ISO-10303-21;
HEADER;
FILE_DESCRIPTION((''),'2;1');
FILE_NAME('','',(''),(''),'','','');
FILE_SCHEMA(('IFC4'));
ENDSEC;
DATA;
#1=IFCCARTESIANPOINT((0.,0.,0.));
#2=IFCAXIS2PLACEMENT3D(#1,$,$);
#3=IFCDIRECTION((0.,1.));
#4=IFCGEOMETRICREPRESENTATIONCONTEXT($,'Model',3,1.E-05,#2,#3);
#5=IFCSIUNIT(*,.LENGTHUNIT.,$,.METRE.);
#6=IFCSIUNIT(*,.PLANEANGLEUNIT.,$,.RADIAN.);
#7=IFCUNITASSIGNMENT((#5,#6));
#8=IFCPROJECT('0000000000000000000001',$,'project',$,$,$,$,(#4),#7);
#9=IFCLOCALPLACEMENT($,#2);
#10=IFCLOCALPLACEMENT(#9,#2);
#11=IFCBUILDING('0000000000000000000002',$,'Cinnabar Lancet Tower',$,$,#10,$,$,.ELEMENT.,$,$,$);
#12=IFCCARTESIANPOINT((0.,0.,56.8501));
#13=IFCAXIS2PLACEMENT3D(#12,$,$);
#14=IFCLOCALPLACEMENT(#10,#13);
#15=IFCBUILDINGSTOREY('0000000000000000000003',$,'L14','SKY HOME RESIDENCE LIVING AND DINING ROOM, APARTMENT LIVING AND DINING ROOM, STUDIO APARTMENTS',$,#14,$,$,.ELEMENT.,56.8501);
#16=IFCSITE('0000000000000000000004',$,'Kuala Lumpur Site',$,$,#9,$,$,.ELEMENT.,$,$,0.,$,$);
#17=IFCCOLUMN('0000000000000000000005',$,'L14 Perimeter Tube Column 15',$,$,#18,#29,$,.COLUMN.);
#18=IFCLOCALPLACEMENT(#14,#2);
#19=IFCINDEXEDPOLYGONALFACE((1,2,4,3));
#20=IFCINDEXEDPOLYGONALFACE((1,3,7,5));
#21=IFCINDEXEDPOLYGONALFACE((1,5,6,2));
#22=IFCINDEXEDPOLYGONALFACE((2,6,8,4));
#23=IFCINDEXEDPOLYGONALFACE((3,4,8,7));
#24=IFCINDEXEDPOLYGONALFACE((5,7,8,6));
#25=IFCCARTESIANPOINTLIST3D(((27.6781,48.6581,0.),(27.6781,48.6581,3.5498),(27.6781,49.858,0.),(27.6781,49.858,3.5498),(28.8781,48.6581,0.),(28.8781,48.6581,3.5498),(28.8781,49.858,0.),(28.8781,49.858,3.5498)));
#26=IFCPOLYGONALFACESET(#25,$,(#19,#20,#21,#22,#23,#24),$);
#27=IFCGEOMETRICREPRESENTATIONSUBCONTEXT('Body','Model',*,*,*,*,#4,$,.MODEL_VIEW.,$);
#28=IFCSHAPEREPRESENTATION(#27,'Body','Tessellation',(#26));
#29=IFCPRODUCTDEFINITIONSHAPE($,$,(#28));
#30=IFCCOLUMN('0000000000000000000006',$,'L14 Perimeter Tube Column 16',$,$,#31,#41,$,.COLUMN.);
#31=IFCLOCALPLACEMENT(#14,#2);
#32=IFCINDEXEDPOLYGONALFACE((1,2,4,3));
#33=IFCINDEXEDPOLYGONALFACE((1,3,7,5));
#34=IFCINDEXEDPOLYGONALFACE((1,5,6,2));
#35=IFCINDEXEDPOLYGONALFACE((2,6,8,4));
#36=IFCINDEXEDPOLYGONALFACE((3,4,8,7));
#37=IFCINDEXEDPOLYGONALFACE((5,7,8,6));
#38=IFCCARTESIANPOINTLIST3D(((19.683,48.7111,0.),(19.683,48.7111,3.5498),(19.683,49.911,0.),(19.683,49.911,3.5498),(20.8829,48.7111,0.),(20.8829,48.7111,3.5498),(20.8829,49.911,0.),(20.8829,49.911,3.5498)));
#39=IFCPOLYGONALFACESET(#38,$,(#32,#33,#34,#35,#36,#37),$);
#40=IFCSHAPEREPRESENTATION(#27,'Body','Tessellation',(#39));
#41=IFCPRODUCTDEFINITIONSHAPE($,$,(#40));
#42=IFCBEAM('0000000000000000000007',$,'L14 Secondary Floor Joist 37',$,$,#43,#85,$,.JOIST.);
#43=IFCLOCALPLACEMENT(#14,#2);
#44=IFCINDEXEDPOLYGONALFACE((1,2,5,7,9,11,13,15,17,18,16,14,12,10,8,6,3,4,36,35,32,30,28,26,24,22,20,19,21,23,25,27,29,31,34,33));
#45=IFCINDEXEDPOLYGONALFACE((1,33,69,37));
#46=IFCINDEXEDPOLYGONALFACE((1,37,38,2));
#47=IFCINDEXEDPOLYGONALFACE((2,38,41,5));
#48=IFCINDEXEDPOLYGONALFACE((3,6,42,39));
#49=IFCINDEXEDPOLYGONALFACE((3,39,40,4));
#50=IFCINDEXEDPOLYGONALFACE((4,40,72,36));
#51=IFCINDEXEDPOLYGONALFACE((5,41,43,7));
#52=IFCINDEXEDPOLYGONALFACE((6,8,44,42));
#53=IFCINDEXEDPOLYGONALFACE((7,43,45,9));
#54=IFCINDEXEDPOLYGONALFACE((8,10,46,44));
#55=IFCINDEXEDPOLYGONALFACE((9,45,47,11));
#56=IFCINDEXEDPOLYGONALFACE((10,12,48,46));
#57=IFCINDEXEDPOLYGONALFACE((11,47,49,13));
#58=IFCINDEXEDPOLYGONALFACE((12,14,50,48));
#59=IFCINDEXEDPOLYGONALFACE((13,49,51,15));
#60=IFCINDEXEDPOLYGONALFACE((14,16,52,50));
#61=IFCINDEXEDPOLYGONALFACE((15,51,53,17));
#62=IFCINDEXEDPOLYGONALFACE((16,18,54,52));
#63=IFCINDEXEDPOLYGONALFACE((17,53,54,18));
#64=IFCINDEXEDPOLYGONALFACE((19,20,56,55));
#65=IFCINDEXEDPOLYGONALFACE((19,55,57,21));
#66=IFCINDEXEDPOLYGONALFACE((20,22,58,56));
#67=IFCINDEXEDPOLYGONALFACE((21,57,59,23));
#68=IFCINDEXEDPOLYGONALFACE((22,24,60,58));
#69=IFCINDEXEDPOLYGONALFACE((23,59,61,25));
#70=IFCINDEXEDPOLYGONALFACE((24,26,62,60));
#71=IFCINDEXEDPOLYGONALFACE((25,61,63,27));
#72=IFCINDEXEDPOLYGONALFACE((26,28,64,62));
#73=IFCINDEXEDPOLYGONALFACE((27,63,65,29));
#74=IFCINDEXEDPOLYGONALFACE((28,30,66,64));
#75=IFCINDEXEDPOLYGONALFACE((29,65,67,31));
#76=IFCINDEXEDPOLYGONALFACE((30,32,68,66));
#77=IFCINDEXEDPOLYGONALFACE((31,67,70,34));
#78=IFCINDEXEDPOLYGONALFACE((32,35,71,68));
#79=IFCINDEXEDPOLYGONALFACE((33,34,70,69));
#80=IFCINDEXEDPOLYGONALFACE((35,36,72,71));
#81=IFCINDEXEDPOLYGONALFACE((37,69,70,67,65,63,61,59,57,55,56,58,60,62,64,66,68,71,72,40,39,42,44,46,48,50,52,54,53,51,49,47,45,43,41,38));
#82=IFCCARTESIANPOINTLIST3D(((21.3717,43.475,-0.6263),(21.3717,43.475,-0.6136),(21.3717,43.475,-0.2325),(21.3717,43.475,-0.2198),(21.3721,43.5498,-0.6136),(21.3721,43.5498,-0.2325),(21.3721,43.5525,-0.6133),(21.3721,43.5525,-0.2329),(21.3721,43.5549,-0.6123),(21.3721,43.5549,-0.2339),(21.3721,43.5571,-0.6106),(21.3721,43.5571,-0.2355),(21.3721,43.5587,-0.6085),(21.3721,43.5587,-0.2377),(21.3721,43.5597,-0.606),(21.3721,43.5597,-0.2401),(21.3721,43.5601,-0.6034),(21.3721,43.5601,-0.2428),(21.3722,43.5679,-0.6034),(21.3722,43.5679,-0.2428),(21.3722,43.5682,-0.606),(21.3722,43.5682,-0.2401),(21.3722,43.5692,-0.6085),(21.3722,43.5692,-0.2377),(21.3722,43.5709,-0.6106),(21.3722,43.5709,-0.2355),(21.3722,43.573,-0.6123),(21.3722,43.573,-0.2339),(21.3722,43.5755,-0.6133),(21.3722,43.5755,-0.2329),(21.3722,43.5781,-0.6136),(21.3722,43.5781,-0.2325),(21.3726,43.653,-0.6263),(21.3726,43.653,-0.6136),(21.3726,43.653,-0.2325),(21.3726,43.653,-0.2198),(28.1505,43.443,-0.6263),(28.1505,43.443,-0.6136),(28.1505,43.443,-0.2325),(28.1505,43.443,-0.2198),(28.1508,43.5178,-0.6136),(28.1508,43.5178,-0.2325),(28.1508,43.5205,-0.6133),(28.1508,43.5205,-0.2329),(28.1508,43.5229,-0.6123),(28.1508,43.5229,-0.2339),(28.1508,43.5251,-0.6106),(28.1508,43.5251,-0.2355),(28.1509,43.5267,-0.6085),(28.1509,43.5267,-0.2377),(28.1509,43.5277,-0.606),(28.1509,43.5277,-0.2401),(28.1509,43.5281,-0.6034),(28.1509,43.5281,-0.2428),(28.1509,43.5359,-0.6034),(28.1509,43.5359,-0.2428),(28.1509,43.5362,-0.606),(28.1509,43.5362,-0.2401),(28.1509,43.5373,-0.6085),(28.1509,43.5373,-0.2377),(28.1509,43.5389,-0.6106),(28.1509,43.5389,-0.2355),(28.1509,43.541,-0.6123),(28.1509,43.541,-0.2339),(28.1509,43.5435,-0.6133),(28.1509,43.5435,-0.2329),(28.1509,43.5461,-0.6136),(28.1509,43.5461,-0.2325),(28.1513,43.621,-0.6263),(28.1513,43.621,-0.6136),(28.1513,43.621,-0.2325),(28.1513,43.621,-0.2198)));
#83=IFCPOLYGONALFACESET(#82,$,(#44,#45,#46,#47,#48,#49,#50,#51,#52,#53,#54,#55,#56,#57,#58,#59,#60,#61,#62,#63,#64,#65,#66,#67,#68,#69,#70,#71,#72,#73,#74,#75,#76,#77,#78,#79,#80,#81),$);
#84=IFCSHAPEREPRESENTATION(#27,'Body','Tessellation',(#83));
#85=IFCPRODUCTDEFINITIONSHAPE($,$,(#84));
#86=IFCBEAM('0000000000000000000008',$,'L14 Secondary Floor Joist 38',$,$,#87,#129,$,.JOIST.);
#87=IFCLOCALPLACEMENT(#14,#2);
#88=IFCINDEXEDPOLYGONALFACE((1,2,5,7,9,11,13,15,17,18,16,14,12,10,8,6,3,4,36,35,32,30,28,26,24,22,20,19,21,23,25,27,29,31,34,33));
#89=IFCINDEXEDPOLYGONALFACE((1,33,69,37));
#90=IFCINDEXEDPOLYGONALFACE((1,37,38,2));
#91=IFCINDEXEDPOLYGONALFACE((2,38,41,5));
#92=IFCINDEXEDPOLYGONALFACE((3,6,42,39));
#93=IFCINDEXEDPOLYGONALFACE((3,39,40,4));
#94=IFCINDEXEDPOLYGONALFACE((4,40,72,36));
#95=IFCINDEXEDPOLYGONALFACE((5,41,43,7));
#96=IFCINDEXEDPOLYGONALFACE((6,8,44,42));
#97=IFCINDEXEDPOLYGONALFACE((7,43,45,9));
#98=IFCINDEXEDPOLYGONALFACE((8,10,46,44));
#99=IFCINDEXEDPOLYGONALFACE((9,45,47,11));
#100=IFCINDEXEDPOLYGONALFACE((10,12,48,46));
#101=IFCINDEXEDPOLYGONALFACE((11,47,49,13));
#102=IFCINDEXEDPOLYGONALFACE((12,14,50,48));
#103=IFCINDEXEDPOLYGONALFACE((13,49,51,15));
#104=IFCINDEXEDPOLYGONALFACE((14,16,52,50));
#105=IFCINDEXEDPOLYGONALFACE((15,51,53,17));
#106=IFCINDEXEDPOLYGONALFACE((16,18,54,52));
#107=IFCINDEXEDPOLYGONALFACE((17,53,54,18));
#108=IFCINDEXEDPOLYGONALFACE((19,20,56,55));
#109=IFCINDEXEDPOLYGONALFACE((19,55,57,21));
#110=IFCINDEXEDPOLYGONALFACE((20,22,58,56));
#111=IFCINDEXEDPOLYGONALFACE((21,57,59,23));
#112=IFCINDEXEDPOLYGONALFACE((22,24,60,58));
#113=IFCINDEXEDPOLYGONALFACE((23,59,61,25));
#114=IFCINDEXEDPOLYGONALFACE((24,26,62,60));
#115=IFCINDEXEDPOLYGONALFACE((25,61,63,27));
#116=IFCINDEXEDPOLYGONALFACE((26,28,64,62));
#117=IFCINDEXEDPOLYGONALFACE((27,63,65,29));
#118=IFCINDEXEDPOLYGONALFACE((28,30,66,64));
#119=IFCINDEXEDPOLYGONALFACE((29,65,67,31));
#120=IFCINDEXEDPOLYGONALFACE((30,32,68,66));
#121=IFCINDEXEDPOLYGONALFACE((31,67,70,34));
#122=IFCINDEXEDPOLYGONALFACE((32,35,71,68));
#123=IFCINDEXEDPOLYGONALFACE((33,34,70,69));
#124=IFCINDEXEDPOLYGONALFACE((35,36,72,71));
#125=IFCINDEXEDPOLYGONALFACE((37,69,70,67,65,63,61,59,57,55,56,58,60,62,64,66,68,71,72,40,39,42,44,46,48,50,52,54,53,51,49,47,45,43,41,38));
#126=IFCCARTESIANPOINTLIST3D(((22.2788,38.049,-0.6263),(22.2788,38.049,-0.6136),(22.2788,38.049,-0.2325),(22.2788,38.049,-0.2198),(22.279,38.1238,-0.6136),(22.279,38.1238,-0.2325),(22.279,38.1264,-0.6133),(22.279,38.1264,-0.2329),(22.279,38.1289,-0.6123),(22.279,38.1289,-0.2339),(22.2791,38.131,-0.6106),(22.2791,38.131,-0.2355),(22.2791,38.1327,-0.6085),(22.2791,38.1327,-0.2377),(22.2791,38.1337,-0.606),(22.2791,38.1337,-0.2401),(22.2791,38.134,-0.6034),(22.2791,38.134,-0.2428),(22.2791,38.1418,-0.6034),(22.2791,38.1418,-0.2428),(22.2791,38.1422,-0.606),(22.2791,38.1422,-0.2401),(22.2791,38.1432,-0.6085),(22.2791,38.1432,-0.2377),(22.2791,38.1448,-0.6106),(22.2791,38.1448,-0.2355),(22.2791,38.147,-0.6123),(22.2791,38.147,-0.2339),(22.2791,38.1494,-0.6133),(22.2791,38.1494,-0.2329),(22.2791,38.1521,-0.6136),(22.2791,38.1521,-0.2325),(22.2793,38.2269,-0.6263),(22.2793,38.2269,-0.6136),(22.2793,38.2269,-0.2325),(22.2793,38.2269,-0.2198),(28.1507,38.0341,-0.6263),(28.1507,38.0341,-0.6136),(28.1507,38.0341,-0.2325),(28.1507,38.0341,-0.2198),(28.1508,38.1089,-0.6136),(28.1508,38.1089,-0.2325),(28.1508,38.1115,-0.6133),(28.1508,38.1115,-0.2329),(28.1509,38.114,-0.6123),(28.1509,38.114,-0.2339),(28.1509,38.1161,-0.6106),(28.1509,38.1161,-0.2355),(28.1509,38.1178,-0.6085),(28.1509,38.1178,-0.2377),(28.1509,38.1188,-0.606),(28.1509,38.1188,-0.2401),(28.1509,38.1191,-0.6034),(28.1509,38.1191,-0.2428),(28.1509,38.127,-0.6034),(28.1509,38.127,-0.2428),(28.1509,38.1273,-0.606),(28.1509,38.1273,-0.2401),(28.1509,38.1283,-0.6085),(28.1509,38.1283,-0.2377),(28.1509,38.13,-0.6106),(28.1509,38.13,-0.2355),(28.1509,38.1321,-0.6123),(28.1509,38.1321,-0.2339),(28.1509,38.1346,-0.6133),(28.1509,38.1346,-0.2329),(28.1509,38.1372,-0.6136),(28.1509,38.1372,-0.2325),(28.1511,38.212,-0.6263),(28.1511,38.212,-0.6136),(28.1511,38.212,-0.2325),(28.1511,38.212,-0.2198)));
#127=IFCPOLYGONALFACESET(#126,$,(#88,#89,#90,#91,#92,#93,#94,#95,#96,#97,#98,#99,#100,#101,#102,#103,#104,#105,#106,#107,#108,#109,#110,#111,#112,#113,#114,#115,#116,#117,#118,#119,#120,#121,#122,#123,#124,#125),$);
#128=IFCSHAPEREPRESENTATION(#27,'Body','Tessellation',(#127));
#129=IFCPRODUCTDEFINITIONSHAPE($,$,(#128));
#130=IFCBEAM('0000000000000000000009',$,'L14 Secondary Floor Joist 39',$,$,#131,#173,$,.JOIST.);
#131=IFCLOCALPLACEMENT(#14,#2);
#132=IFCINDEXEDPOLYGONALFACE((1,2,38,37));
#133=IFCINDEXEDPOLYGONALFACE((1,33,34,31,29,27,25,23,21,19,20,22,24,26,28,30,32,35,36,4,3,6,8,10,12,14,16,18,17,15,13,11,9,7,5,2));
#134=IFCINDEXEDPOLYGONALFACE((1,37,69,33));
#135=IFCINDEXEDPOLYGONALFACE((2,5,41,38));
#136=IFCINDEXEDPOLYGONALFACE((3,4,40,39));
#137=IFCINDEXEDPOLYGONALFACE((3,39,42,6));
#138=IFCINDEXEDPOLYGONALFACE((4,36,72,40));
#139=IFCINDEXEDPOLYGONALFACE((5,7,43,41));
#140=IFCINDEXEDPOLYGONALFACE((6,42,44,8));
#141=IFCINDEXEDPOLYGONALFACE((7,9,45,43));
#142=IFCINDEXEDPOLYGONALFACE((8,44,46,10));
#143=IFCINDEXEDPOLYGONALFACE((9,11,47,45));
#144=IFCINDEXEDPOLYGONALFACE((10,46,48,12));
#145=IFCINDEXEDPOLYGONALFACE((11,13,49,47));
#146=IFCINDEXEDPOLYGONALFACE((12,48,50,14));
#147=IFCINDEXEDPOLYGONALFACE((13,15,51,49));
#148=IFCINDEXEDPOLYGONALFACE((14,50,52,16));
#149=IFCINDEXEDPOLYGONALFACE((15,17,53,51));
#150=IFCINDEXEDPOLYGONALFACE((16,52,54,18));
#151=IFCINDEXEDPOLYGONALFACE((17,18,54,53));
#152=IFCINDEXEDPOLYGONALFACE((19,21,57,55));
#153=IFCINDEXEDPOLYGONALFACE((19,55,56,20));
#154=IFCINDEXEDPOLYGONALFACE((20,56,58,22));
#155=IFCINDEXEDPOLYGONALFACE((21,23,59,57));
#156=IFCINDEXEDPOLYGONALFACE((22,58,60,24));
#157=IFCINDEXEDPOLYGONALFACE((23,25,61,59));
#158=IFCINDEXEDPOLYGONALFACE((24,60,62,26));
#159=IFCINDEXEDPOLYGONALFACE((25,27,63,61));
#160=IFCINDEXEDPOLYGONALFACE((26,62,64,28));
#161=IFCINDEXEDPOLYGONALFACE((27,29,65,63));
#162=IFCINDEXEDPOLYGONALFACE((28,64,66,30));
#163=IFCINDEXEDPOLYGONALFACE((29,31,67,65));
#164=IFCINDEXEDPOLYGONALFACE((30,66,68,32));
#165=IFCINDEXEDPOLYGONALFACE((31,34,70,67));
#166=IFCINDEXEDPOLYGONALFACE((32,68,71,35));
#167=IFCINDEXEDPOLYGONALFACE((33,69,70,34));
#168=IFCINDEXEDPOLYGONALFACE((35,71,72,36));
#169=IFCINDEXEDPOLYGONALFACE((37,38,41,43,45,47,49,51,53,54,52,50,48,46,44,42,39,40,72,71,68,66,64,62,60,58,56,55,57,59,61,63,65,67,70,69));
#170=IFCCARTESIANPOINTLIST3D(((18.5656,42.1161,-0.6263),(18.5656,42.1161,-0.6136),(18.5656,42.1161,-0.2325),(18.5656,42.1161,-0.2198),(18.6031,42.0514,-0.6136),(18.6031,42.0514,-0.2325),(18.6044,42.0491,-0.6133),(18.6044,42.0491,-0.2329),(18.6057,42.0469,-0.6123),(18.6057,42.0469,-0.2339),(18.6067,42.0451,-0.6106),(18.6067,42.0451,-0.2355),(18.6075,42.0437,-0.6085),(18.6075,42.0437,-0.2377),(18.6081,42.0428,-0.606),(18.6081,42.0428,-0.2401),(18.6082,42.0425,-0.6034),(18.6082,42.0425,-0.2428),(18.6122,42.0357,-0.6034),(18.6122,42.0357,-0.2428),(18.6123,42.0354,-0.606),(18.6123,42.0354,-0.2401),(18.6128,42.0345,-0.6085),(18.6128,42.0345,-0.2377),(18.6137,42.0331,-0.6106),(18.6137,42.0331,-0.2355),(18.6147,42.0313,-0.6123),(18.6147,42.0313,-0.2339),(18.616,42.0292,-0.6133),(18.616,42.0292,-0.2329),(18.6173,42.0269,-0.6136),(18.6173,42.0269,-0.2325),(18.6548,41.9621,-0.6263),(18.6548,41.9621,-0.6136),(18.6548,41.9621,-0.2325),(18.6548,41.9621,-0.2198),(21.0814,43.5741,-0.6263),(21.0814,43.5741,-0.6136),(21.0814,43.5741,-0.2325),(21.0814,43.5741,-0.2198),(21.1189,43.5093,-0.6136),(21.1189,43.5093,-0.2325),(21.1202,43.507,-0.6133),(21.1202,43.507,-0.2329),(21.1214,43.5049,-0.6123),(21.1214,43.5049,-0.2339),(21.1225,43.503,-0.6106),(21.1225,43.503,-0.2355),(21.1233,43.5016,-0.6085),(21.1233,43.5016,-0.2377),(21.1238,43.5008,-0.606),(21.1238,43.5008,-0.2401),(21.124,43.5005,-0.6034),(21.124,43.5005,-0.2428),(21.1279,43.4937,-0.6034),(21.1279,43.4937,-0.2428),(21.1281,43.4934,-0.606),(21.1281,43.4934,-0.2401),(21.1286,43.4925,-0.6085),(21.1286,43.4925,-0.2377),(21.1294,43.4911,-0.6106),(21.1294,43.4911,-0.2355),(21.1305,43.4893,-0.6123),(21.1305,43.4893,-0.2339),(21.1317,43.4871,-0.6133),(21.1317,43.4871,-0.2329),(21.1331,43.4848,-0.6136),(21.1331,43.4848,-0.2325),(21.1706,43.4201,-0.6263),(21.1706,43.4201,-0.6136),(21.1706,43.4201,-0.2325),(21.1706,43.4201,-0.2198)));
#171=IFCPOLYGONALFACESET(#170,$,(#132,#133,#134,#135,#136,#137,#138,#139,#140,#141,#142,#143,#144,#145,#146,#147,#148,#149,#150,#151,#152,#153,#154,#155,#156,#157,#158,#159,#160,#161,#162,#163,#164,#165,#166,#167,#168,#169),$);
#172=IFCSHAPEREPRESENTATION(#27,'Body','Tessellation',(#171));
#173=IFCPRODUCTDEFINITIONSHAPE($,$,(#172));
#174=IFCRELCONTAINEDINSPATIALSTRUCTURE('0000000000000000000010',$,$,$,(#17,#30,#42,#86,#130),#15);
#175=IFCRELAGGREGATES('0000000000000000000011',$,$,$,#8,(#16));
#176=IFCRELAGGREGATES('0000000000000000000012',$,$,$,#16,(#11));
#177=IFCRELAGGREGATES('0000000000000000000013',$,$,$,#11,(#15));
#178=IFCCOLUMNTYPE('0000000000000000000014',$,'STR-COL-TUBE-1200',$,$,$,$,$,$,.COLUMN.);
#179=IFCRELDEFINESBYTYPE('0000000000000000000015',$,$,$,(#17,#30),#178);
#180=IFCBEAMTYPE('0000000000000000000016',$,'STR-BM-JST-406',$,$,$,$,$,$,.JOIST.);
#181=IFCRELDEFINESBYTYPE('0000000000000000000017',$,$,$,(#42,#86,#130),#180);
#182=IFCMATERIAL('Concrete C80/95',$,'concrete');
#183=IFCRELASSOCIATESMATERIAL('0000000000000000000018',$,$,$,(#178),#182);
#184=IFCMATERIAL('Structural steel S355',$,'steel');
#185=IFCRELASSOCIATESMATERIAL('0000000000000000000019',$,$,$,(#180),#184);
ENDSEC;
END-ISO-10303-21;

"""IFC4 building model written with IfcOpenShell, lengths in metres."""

from ifc_helpers import new_model, si_unit, direction, frame, origin, origin_2d, place, context, subcontext, project, spatial, rectangle, i_section, extrude, material, material_profile, profile_set, type_object, element, save


model = new_model("IFC4")

# Units and contexts
model_context = context("Model", 3, precision=1e-05, world=origin(), true_north=direction((0.0, 1.0)))
body_context = subcontext(model_context, "Body", "Model", "MODEL_VIEW")
ifc_project = project(units=[si_unit("LENGTHUNIT", "METRE"), si_unit("PLANEANGLEUNIT", "RADIAN")], contexts=[model_context])

# Site, building, storey
site_placement = place(None, origin())
site = spatial("IfcSite", under=ifc_project, at=site_placement, Name="Kuala Lumpur Site", CompositionType="ELEMENT", RefElevation=0.0)
building_placement = place(site_placement, origin())
building = spatial("IfcBuilding", under=site, at=building_placement, Name="Cinnabar Lancet Tower", CompositionType="ELEMENT")
storey_placement = place(building_placement, frame((0.0, 0.0, 56.8501)))
storey = spatial("IfcBuildingStorey", under=building, at=storey_placement, Name="L14", Description="SKY HOME RESIDENCE LIVING AND DINING ROOM, APARTMENT LIVING AND DINING ROOM, STUDIO APARTMENTS", CompositionType="ELEMENT", Elevation=56.8501)

# Columns
ifc_material_1 = material(Name="Concrete C80/95", Category="concrete")
ifc_material_profile_1 = material_profile(ifc_material_1, rectangle(XDim=1.2, YDim=1.2, at=origin_2d()), Name="RC-COL 1200x1200")
ifc_profile_set_1 = profile_set([ifc_material_profile_1], Name="Concrete C80/95")
column_type = type_object("IfcColumnType", Name="STR-COL-TUBE-1200", PredefinedType="COLUMN", material=ifc_profile_set_1)
for number, where, z_axis, x_axis, name in (
    (1, (28.2781, 49.2581, 0.0), (0.0, 0.0, 1.0), (1.0, 0.0, 0.0), "L14 Perimeter Tube Column 15"),
    (2, (20.283, 49.311, 0.0), (0.0, 0.0, 1.0), (1.0, 0.0, 0.0), "L14 Perimeter Tube Column 16"),
):
    element("IfcColumn", number, at=place(storey_placement, frame(where, z_axis=z_axis, x_axis=x_axis)), inside=storey, type_object=column_type, Name=name, PredefinedType="COLUMN", context=body_context, shape_type="SweptSolid", body=[
        extrude(rectangle(XDim=1.2, YDim=1.2, at=origin_2d()), origin(), (0.0, 0.0, 1.0), 3.5498),
    ])

# Beams
ifc_material_2 = material(Name="Structural steel S355", Category="steel")
ifc_material_profile_2 = material_profile(ifc_material_2, i_section(OverallWidth=0.178, OverallDepth=0.4065, WebThickness=0.0078, FlangeThickness=0.0127, FilletRadius=0.0103, at=origin_2d()), Name="UKB 406x178x60")
ifc_profile_set_2 = profile_set([ifc_material_profile_2], Name="Structural steel S355")
beam_type_1 = type_object("IfcBeamType", Name="STR-BM-JST-406", PredefinedType="JOIST", material=ifc_profile_set_2)
beam_1_placement = place(storey_placement, frame((28.1509, 43.532, -0.4231), z_axis=(-0.999989, 0.004718, 0.0), x_axis=(-0.004718, -0.999989, 0.0)))
element("IfcBeam", 3, at=beam_1_placement, inside=storey, type_object=beam_type_1, Name="L14 Secondary Floor Joist 37", PredefinedType="JOIST", context=body_context, shape_type="SweptSolid", body=[
    extrude(i_section(OverallWidth=0.178, OverallDepth=0.4065, WebThickness=0.0078, FlangeThickness=0.0127, FilletRadius=0.0103, at=origin_2d()), origin(), (0.0, 0.0, 1.0), 6.7788),
])
beam_2_placement = place(storey_placement, frame((28.1509, 38.123, -0.4231), z_axis=(-0.999997, 0.002536, 0.0), x_axis=(-0.002536, -0.999997, 0.0)))
element("IfcBeam", 4, at=beam_2_placement, inside=storey, type_object=beam_type_1, Name="L14 Secondary Floor Joist 38", PredefinedType="JOIST", context=body_context, shape_type="SweptSolid", body=[
    extrude(i_section(OverallWidth=0.178, OverallDepth=0.4065, WebThickness=0.0078, FlangeThickness=0.0127, FilletRadius=0.0103, at=origin_2d()), origin(), (0.0, 0.0, 1.0), 5.8718),
])
beam_3_placement = place(storey_placement, frame((21.126, 43.4971, -0.4231), z_axis=(-0.86521, -0.50141, 0.0), x_axis=(0.50141, -0.86521, 0.0)))
element("IfcBeam", 5, at=beam_3_placement, inside=storey, type_object=beam_type_1, Name="L14 Secondary Floor Joist 39", PredefinedType="JOIST", context=body_context, shape_type="SweptSolid", body=[
    extrude(i_section(OverallWidth=0.178, OverallDepth=0.4065, WebThickness=0.0078, FlangeThickness=0.0127, FilletRadius=0.0103, at=origin_2d()), origin(), (0.0, 0.0, 1.0), 2.9077),
])

save(model, "model.ifc")
